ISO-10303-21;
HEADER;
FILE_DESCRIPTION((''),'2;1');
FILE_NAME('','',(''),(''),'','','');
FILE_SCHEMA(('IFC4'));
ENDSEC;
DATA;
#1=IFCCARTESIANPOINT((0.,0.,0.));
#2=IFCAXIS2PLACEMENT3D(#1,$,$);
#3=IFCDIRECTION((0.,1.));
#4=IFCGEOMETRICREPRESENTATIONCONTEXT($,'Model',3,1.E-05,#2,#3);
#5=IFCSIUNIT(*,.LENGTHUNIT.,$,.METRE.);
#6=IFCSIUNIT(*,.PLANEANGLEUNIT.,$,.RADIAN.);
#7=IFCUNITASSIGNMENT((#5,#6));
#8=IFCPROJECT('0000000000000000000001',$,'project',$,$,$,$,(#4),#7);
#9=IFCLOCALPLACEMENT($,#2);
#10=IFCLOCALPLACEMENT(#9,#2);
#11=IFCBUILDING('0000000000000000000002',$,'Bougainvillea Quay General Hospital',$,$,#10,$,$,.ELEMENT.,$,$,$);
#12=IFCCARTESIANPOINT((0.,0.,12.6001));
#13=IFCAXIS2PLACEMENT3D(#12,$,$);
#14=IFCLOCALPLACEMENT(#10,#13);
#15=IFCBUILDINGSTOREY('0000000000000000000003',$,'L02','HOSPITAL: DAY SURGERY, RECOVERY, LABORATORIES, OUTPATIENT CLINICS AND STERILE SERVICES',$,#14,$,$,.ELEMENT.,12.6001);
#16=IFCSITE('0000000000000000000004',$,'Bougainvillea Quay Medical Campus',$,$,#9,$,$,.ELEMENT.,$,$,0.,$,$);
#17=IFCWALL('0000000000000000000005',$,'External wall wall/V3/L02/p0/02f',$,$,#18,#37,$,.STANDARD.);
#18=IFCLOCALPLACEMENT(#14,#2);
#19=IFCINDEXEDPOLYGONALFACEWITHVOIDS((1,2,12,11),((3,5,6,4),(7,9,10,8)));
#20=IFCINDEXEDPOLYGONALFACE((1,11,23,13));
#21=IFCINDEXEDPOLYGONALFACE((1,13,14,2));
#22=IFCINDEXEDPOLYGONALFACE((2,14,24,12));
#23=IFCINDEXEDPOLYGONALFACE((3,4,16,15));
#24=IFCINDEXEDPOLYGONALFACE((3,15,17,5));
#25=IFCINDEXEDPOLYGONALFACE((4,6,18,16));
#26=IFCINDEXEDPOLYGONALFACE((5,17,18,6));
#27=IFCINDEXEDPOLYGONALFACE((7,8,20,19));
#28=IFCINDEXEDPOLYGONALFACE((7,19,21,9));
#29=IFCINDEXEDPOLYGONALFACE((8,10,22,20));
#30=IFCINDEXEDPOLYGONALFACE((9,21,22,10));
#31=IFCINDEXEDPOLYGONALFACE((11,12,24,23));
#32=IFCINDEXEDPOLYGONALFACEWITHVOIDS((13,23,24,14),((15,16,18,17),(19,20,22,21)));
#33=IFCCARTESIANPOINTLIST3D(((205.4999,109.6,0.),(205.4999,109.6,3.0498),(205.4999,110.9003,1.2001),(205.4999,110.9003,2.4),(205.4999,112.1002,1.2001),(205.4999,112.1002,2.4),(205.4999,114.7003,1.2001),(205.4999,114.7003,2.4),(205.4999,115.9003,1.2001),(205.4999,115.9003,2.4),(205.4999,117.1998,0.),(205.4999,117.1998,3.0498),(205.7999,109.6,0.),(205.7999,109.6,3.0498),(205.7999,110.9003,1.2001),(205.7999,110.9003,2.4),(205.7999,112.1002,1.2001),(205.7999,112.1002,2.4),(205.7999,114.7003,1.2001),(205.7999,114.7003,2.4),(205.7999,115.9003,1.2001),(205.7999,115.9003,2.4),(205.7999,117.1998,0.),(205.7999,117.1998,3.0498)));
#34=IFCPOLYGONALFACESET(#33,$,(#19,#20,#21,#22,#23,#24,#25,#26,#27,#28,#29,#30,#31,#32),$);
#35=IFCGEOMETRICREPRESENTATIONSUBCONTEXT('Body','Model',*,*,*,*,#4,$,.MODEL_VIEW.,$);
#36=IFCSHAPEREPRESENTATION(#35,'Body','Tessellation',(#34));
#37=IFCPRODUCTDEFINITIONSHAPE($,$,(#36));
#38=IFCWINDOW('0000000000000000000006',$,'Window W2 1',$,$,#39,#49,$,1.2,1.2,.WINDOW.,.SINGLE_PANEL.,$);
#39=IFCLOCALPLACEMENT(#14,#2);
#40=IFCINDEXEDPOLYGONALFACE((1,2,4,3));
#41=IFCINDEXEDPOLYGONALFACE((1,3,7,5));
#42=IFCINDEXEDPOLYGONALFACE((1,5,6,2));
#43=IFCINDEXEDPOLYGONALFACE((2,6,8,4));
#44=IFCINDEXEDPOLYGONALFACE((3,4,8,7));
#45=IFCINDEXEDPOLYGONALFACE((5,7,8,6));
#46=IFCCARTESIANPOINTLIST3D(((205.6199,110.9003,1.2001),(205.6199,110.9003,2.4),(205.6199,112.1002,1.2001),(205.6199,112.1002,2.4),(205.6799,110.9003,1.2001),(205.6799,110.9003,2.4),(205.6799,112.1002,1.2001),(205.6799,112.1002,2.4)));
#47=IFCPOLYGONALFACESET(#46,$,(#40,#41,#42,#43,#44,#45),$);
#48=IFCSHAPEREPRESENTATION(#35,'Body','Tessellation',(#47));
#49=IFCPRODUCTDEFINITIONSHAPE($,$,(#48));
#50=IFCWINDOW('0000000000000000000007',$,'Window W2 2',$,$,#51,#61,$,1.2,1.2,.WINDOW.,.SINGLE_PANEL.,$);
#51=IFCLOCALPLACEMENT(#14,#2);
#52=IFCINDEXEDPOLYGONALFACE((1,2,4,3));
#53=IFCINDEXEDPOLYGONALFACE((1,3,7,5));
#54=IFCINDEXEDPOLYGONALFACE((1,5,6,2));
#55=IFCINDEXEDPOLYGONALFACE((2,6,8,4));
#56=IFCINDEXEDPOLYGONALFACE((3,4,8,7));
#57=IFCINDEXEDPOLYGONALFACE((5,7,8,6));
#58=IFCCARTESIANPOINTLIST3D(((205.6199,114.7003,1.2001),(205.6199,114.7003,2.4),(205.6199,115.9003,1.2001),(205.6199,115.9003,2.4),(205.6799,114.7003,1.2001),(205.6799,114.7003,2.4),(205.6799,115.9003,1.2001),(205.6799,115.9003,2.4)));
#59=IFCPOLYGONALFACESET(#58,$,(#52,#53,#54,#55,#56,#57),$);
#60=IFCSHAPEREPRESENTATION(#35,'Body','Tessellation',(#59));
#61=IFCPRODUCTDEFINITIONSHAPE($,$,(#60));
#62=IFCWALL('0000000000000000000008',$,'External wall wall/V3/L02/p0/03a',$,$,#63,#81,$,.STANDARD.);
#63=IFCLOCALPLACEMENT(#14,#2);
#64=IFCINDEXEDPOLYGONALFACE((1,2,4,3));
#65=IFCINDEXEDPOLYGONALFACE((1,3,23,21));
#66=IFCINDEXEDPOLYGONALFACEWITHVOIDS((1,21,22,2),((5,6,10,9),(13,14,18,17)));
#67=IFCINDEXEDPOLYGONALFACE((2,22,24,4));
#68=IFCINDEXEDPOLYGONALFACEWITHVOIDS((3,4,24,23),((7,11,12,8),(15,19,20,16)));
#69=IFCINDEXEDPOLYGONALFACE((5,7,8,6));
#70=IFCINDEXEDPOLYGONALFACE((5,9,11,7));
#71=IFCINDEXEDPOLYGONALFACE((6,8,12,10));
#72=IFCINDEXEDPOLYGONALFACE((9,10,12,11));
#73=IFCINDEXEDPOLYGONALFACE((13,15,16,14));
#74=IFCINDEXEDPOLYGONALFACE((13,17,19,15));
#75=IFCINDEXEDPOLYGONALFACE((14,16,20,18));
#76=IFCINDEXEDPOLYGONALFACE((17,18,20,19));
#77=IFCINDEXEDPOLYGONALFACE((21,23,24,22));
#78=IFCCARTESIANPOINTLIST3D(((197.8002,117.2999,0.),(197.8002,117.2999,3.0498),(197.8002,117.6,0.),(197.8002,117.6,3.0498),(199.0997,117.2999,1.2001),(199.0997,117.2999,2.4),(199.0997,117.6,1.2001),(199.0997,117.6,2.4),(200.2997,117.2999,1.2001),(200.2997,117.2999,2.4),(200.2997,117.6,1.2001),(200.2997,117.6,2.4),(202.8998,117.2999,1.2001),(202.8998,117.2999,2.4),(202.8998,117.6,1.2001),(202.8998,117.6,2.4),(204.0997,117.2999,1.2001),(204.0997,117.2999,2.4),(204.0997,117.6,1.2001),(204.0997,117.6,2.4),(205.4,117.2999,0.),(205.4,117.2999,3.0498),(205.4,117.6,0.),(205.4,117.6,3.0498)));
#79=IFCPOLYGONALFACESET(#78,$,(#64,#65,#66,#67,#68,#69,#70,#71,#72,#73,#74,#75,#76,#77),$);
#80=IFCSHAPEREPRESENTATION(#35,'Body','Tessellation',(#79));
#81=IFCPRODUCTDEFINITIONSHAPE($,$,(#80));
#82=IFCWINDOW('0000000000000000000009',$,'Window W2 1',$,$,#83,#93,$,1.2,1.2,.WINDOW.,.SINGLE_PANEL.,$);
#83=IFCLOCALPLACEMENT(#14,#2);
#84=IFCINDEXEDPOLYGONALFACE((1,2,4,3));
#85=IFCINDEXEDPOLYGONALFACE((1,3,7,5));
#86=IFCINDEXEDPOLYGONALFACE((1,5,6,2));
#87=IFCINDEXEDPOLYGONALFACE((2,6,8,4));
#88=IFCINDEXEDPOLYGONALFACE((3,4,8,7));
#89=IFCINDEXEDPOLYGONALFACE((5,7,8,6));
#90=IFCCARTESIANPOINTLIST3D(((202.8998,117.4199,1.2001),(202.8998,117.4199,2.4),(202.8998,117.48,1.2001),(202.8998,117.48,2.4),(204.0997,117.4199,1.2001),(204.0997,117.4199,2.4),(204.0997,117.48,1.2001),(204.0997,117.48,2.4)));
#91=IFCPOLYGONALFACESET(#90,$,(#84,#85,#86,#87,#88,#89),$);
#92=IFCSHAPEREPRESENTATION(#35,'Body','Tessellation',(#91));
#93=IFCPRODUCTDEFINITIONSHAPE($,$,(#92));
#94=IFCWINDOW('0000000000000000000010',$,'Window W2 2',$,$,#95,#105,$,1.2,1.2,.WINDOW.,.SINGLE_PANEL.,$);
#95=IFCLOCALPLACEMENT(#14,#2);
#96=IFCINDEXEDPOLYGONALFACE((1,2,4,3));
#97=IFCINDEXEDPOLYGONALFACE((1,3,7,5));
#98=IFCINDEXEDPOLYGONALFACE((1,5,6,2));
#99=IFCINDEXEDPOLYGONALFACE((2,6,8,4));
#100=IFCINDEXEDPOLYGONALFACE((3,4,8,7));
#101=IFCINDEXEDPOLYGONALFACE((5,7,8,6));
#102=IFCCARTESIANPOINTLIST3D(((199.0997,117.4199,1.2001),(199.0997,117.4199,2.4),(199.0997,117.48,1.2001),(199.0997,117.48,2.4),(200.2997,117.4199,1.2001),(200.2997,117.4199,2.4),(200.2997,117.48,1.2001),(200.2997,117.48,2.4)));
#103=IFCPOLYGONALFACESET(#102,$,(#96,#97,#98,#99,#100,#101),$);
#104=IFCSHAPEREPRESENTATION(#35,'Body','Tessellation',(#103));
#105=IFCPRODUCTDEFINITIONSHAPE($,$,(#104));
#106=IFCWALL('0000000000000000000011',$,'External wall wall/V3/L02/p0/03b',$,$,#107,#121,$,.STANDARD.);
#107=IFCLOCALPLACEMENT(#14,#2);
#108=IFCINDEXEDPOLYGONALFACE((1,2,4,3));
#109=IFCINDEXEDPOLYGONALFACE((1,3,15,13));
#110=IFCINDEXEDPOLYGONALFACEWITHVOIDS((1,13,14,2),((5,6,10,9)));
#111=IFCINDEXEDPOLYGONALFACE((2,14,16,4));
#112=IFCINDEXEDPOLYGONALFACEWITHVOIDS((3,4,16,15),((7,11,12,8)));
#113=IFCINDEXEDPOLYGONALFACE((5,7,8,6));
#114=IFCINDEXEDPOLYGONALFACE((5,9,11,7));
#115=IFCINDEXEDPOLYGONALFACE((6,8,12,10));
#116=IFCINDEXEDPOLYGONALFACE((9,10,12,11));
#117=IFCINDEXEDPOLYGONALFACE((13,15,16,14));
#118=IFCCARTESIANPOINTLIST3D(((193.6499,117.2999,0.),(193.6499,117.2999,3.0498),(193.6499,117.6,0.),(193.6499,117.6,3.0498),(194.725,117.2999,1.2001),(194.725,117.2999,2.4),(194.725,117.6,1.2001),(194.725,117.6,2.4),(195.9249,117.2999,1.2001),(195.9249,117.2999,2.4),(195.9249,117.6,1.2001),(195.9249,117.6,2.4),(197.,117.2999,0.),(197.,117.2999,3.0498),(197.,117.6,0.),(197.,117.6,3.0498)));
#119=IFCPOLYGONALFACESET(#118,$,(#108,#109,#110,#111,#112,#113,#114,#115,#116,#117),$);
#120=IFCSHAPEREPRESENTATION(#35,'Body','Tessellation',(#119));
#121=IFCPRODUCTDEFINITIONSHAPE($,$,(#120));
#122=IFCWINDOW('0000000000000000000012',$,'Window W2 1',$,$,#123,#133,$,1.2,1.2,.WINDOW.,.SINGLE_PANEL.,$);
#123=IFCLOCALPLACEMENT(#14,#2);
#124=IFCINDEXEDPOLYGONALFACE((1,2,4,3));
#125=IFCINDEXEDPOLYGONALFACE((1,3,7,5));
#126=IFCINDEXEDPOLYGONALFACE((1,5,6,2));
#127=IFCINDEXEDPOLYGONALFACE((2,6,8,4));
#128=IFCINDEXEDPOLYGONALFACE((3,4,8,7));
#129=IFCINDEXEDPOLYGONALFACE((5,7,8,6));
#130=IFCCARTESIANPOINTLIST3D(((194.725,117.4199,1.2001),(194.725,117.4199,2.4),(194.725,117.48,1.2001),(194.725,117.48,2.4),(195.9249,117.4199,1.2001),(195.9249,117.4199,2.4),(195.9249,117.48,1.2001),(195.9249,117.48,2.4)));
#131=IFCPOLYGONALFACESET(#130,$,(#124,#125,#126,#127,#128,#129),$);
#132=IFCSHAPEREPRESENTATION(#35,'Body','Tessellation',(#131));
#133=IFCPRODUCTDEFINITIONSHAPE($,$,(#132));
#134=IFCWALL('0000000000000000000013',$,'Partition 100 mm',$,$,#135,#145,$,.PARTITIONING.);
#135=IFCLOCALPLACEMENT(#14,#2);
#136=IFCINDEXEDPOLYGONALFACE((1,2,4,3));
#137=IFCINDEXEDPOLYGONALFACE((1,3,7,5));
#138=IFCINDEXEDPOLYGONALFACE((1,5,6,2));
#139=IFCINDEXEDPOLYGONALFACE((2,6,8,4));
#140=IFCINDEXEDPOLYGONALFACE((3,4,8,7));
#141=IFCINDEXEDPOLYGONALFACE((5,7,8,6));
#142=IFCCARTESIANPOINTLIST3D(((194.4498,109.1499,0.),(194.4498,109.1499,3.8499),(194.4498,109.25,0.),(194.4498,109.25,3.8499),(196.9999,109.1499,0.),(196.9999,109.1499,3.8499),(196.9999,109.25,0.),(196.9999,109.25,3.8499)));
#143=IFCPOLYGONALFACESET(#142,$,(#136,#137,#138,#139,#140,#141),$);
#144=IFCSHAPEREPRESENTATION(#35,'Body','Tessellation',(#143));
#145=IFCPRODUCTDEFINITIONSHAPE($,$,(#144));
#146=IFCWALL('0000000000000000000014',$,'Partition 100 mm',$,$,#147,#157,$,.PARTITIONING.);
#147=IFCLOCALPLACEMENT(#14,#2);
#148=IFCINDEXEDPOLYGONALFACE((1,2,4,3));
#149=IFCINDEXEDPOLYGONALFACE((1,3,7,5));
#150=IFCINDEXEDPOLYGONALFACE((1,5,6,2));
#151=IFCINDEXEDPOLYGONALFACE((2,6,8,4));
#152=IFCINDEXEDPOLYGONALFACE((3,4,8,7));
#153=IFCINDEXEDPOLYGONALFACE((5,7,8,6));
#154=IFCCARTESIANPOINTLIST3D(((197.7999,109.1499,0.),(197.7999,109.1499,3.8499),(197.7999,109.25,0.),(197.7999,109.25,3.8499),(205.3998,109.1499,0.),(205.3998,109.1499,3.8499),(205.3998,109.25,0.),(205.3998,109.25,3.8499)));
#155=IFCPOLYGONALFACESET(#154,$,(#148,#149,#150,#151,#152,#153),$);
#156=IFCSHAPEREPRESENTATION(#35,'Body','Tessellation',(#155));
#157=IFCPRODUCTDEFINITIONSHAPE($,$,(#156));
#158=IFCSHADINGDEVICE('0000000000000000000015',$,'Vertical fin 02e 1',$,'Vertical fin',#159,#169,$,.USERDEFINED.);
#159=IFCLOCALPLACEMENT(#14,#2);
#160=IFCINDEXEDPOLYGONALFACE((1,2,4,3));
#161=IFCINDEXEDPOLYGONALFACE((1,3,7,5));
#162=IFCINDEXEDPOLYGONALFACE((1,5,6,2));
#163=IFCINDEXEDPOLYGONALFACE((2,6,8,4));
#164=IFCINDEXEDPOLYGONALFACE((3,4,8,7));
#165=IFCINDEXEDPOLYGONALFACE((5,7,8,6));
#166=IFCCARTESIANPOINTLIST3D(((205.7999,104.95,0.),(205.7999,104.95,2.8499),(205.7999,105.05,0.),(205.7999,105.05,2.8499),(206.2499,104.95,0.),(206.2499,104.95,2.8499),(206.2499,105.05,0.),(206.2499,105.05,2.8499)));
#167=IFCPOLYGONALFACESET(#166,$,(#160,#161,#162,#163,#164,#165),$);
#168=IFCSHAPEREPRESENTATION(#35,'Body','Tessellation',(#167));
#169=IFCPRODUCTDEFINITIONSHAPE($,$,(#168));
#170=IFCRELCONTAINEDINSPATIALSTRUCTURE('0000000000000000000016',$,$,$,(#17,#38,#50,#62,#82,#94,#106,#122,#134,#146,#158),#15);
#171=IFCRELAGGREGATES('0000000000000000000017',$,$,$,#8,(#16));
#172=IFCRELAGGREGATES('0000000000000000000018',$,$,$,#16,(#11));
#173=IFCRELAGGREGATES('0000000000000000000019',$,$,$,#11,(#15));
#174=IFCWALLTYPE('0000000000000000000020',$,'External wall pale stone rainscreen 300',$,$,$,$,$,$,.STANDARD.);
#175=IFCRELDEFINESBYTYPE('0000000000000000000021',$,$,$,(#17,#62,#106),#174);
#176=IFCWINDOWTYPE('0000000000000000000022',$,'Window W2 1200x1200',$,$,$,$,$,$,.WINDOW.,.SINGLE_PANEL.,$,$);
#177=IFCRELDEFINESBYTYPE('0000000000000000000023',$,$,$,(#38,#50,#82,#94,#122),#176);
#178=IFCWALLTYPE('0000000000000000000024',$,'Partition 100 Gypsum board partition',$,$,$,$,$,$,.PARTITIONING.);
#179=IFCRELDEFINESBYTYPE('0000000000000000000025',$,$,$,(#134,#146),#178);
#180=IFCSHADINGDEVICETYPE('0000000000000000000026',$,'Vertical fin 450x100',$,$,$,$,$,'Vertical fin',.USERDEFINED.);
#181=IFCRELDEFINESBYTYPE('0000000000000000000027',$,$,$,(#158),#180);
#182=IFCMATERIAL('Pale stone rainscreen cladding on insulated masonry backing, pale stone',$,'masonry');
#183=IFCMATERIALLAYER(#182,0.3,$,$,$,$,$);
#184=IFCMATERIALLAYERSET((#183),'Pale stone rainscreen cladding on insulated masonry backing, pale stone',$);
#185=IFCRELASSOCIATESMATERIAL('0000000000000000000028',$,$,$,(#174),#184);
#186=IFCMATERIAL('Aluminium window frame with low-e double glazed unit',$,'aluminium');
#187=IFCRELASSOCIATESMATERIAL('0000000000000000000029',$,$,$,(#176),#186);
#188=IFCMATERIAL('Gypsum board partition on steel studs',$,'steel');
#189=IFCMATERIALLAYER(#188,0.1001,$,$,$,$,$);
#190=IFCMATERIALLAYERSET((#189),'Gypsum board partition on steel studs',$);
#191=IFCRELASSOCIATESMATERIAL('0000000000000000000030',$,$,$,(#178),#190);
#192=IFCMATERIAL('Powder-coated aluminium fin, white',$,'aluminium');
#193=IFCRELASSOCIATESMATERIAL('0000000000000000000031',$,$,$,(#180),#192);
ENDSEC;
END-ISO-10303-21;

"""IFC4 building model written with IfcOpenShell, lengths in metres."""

from ifc_helpers import new_model, si_unit, direction, frame, frame_2d, origin, origin_2d, place, context, subcontext, project, spatial, rectangle, extrude, material, layer, layer_set, material_profile, profile_set, type_object, element, fill, save


model = new_model("IFC4")

# Units and contexts
model_context = context("Model", 3, precision=1e-05, world=origin(), true_north=direction((0.0, 1.0)))
body_context = subcontext(model_context, "Body", "Model", "MODEL_VIEW")
ifc_project = project(units=[si_unit("LENGTHUNIT", "METRE"), si_unit("PLANEANGLEUNIT", "RADIAN")], contexts=[model_context])

# Site, building, storey
site_placement = place(None, origin())
site = spatial("IfcSite", under=ifc_project, at=site_placement, Name="Bougainvillea Quay Medical Campus", CompositionType="ELEMENT", RefElevation=0.0)
building_placement = place(site_placement, origin())
building = spatial("IfcBuilding", under=site, at=building_placement, Name="Bougainvillea Quay General Hospital", CompositionType="ELEMENT")
storey_placement = place(building_placement, frame((0.0, 0.0, 12.6001)))
storey = spatial("IfcBuildingStorey", under=building, at=storey_placement, Name="L02", Description="HOSPITAL: DAY SURGERY, RECOVERY, LABORATORIES, OUTPATIENT CLINICS AND STERILE SERVICES", CompositionType="ELEMENT", Elevation=12.6001)

# Walls, openings, windows
ifc_material_1 = material(Name="Pale stone rainscreen cladding on insulated masonry backing, pale stone", Category="masonry")
ifc_layer_1 = layer(ifc_material_1, 0.3)
ifc_layer_set_1 = layer_set([ifc_layer_1], Name="Pale stone rainscreen cladding on insulated masonry backing, pale stone")
wall_type_1 = type_object("IfcWallType", Name="External wall pale stone rainscreen 300", PredefinedType="STANDARD", material=ifc_layer_set_1)
wall_1_placement = place(storey_placement, frame((205.6499, 109.6001, 0.0), z_axis=(0.0, 0.0, 1.0), x_axis=(0.0, 1.0, 0.0)))
wall_1 = element("IfcWall", 1, at=wall_1_placement, inside=storey, type_object=wall_type_1, Name="External wall wall/V3/L02/p0/02f", PredefinedType="STANDARD", context=body_context, shape_type="SweptSolid", body=[
    extrude(rectangle(XDim=7.5999, YDim=0.3, at=frame_2d((3.7998, 0.0))), origin(), (0.0, 0.0, 1.0), 3.0498),
])
opening_1_placement = place(wall_1_placement, frame((1.3, 0.0, 1.2)))
opening_1 = element("IfcOpeningElement", 2, at=opening_1_placement, cuts=wall_1, PredefinedType="OPENING", context=body_context, shape_type="SweptSolid", body=[
    extrude(rectangle(XDim=1.2, YDim=1.2, at=frame_2d((0.6001, 0.6001))), frame((0.0, 0.1599, 0.0), z_axis=(0.0, -1.0, 0.0), x_axis=(1.0, 0.0, 0.0)), (0.0, 0.0, 1.0), 0.3201),
])
opening_2_placement = place(wall_1_placement, frame((5.1001, 0.0, 1.2)))
opening_2 = element("IfcOpeningElement", 3, at=opening_2_placement, cuts=wall_1, PredefinedType="OPENING", context=body_context, shape_type="SweptSolid", body=[
    extrude(rectangle(XDim=1.2, YDim=1.2, at=frame_2d((0.6001, 0.6001))), frame((0.0, 0.1599, 0.0), z_axis=(0.0, -1.0, 0.0), x_axis=(1.0, 0.0, 0.0)), (0.0, 0.0, 1.0), 0.3201),
])
ifc_material_2 = material(Name="Aluminium window frame with low-e double glazed unit", Category="aluminium")
window_type = type_object("IfcWindowType", Name="Window W2 1200x1200", PartitioningType="SINGLE_PANEL", PredefinedType="WINDOW", material=ifc_material_2)
window_1_placement = place(opening_1_placement, origin())
window_1 = element("IfcWindow", 4, at=window_1_placement, inside=storey, type_object=window_type, Name="Window W2 1", OverallHeight=1.2, OverallWidth=1.2, PartitioningType="SINGLE_PANEL", PredefinedType="WINDOW", context=body_context, shape_type="SweptSolid", body=[
    extrude(rectangle(XDim=1.2, YDim=1.2, at=frame_2d((0.6001, 0.6001))), frame((0.0, 0.03, 0.0), z_axis=(0.0, -1.0, 0.0), x_axis=(1.0, 0.0, 0.0)), (0.0, 0.0, 1.0), 0.0601),
])
fill(opening_1, window_1)
window_2_placement = place(opening_2_placement, origin())
window_2 = element("IfcWindow", 5, at=window_2_placement, inside=storey, type_object=window_type, Name="Window W2 2", OverallHeight=1.2, OverallWidth=1.2, PartitioningType="SINGLE_PANEL", PredefinedType="WINDOW", context=body_context, shape_type="SweptSolid", body=[
    extrude(rectangle(XDim=1.2, YDim=1.2, at=frame_2d((0.6001, 0.6001))), frame((0.0, 0.03, 0.0), z_axis=(0.0, -1.0, 0.0), x_axis=(1.0, 0.0, 0.0)), (0.0, 0.0, 1.0), 0.0601),
])
fill(opening_2, window_2)
wall_2_placement = place(storey_placement, frame((205.3999, 117.45, 0.0), z_axis=(0.0, 0.0, 1.0), x_axis=(-1.0, 0.0, 0.0)))
wall_2 = element("IfcWall", 6, at=wall_2_placement, inside=storey, type_object=wall_type_1, Name="External wall wall/V3/L02/p0/03a", PredefinedType="STANDARD", context=body_context, shape_type="SweptSolid", body=[
    extrude(rectangle(XDim=7.5999, YDim=0.3, at=frame_2d((3.7998, 0.0))), origin(), (0.0, 0.0, 1.0), 3.0498),
])
opening_3_placement = place(wall_2_placement, frame((1.3, 0.0, 1.2)))
opening_3 = element("IfcOpeningElement", 7, at=opening_3_placement, cuts=wall_2, PredefinedType="OPENING", context=body_context, shape_type="SweptSolid", body=[
    extrude(rectangle(XDim=1.2, YDim=1.2, at=frame_2d((0.6001, 0.6001))), frame((0.0, 0.1599, 0.0), z_axis=(0.0, -1.0, 0.0), x_axis=(1.0, 0.0, 0.0)), (0.0, 0.0, 1.0), 0.3201),
])
opening_4_placement = place(wall_2_placement, frame((5.1001, 0.0, 1.2)))
opening_4 = element("IfcOpeningElement", 8, at=opening_4_placement, cuts=wall_2, PredefinedType="OPENING", context=body_context, shape_type="SweptSolid", body=[
    extrude(rectangle(XDim=1.2, YDim=1.2, at=frame_2d((0.6001, 0.6001))), frame((0.0, 0.1599, 0.0), z_axis=(0.0, -1.0, 0.0), x_axis=(1.0, 0.0, 0.0)), (0.0, 0.0, 1.0), 0.3201),
])
window_3_placement = place(opening_3_placement, origin())
window_3 = element("IfcWindow", 9, at=window_3_placement, inside=storey, type_object=window_type, Name="Window W2 1", OverallHeight=1.2, OverallWidth=1.2, PartitioningType="SINGLE_PANEL", PredefinedType="WINDOW", context=body_context, shape_type="SweptSolid", body=[
    extrude(rectangle(XDim=1.2, YDim=1.2, at=frame_2d((0.6001, 0.6001))), frame((0.0, 0.03, 0.0), z_axis=(0.0, -1.0, 0.0), x_axis=(1.0, 0.0, 0.0)), (0.0, 0.0, 1.0), 0.0601),
])
fill(opening_3, window_3)
window_4_placement = place(opening_4_placement, origin())
window_4 = element("IfcWindow", 10, at=window_4_placement, inside=storey, type_object=window_type, Name="Window W2 2", OverallHeight=1.2, OverallWidth=1.2, PartitioningType="SINGLE_PANEL", PredefinedType="WINDOW", context=body_context, shape_type="SweptSolid", body=[
    extrude(rectangle(XDim=1.2, YDim=1.2, at=frame_2d((0.6001, 0.6001))), frame((0.0, 0.03, 0.0), z_axis=(0.0, -1.0, 0.0), x_axis=(1.0, 0.0, 0.0)), (0.0, 0.0, 1.0), 0.0601),
])
fill(opening_4, window_4)

# Wall, opening, window
wall_3_placement = place(storey_placement, frame((197.0, 117.45, 0.0), z_axis=(0.0, 0.0, 1.0), x_axis=(-1.0, 0.0, 0.0)))
wall_3 = element("IfcWall", 11, at=wall_3_placement, inside=storey, type_object=wall_type_1, Name="External wall wall/V3/L02/p0/03b", PredefinedType="STANDARD", context=body_context, shape_type="SweptSolid", body=[
    extrude(rectangle(XDim=3.3501, YDim=0.3, at=frame_2d((1.675, 0.0))), origin(), (0.0, 0.0, 1.0), 3.0498),
])
opening_5_placement = place(wall_3_placement, frame((1.075, 0.0, 1.2)))
opening_5 = element("IfcOpeningElement", 12, at=opening_5_placement, cuts=wall_3, PredefinedType="OPENING", context=body_context, shape_type="SweptSolid", body=[
    extrude(rectangle(XDim=1.2, YDim=1.2, at=frame_2d((0.6001, 0.6001))), frame((0.0, 0.1599, 0.0), z_axis=(0.0, -1.0, 0.0), x_axis=(1.0, 0.0, 0.0)), (0.0, 0.0, 1.0), 0.3201),
])
window_5_placement = place(opening_5_placement, origin())
window_5 = element("IfcWindow", 13, at=window_5_placement, inside=storey, type_object=window_type, Name="Window W2 1", OverallHeight=1.2, OverallWidth=1.2, PartitioningType="SINGLE_PANEL", PredefinedType="WINDOW", context=body_context, shape_type="SweptSolid", body=[
    extrude(rectangle(XDim=1.2, YDim=1.2, at=frame_2d((0.6001, 0.6001))), frame((0.0, 0.03, 0.0), z_axis=(0.0, -1.0, 0.0), x_axis=(1.0, 0.0, 0.0)), (0.0, 0.0, 1.0), 0.0601),
])
fill(opening_5, window_5)

# Walls
ifc_material_3 = material(Name="Gypsum board partition on steel studs", Category="steel")
ifc_layer_2 = layer(ifc_material_3, 0.1001)
ifc_layer_set_2 = layer_set([ifc_layer_2], Name="Gypsum board partition on steel studs")
wall_type_2 = type_object("IfcWallType", Name="Partition 100 Gypsum board partition", PredefinedType="PARTITIONING", material=ifc_layer_set_2)
wall_4_placement = place(storey_placement, frame((194.45, 109.2, 0.0), z_axis=(0.0, 0.0, 1.0), x_axis=(1.0, 0.0, 0.0)))
element("IfcWall", 14, at=wall_4_placement, inside=storey, type_object=wall_type_2, Name="Partition 100 mm", PredefinedType="PARTITIONING", context=body_context, shape_type="SweptSolid", body=[
    extrude(rectangle(XDim=2.55, YDim=0.1001, at=frame_2d((1.2749, 0.0))), origin(), (0.0, 0.0, 1.0), 3.8499),
])
wall_5_placement = place(storey_placement, frame((197.8, 109.2, 0.0), z_axis=(0.0, 0.0, 1.0), x_axis=(1.0, 0.0, 0.0)))
element("IfcWall", 15, at=wall_5_placement, inside=storey, type_object=wall_type_2, Name="Partition 100 mm", PredefinedType="PARTITIONING", context=body_context, shape_type="SweptSolid", body=[
    extrude(rectangle(XDim=7.5999, YDim=0.1001, at=frame_2d((3.7998, 0.0))), origin(), (0.0, 0.0, 1.0), 3.8499),
])

# Shading device
ifc_material_4 = material(Name="Powder-coated aluminium fin, white", Category="aluminium")
ifc_material_profile_1 = material_profile(ifc_material_4, rectangle(XDim=0.45, YDim=0.1001, at=origin_2d()))
ifc_profile_set_1 = profile_set([ifc_material_profile_1], Name="Powder-coated aluminium fin, white")
shading_device_type = type_object("IfcShadingDeviceType", Name="Vertical fin 450x100", ElementType="Vertical fin", PredefinedType="USERDEFINED", material=ifc_profile_set_1)
for number, where, z_axis, x_axis, name in (
    (16, (206.0249, 105.0, 0.0), (0.0, 0.0, 1.0), (1.0, 0.0, 0.0), "Vertical fin 02e 1"),
):
    element("IfcShadingDevice", number, at=place(storey_placement, frame(where, z_axis=z_axis, x_axis=x_axis)), inside=storey, type_object=shading_device_type, Name=name, ObjectType="Vertical fin", PredefinedType="USERDEFINED", context=body_context, shape_type="SweptSolid", body=[
        extrude(rectangle(XDim=0.45, YDim=0.1001, at=origin_2d()), origin(), (0.0, 0.0, 1.0), 2.8499),
    ])

save(model, "model.ifc")
